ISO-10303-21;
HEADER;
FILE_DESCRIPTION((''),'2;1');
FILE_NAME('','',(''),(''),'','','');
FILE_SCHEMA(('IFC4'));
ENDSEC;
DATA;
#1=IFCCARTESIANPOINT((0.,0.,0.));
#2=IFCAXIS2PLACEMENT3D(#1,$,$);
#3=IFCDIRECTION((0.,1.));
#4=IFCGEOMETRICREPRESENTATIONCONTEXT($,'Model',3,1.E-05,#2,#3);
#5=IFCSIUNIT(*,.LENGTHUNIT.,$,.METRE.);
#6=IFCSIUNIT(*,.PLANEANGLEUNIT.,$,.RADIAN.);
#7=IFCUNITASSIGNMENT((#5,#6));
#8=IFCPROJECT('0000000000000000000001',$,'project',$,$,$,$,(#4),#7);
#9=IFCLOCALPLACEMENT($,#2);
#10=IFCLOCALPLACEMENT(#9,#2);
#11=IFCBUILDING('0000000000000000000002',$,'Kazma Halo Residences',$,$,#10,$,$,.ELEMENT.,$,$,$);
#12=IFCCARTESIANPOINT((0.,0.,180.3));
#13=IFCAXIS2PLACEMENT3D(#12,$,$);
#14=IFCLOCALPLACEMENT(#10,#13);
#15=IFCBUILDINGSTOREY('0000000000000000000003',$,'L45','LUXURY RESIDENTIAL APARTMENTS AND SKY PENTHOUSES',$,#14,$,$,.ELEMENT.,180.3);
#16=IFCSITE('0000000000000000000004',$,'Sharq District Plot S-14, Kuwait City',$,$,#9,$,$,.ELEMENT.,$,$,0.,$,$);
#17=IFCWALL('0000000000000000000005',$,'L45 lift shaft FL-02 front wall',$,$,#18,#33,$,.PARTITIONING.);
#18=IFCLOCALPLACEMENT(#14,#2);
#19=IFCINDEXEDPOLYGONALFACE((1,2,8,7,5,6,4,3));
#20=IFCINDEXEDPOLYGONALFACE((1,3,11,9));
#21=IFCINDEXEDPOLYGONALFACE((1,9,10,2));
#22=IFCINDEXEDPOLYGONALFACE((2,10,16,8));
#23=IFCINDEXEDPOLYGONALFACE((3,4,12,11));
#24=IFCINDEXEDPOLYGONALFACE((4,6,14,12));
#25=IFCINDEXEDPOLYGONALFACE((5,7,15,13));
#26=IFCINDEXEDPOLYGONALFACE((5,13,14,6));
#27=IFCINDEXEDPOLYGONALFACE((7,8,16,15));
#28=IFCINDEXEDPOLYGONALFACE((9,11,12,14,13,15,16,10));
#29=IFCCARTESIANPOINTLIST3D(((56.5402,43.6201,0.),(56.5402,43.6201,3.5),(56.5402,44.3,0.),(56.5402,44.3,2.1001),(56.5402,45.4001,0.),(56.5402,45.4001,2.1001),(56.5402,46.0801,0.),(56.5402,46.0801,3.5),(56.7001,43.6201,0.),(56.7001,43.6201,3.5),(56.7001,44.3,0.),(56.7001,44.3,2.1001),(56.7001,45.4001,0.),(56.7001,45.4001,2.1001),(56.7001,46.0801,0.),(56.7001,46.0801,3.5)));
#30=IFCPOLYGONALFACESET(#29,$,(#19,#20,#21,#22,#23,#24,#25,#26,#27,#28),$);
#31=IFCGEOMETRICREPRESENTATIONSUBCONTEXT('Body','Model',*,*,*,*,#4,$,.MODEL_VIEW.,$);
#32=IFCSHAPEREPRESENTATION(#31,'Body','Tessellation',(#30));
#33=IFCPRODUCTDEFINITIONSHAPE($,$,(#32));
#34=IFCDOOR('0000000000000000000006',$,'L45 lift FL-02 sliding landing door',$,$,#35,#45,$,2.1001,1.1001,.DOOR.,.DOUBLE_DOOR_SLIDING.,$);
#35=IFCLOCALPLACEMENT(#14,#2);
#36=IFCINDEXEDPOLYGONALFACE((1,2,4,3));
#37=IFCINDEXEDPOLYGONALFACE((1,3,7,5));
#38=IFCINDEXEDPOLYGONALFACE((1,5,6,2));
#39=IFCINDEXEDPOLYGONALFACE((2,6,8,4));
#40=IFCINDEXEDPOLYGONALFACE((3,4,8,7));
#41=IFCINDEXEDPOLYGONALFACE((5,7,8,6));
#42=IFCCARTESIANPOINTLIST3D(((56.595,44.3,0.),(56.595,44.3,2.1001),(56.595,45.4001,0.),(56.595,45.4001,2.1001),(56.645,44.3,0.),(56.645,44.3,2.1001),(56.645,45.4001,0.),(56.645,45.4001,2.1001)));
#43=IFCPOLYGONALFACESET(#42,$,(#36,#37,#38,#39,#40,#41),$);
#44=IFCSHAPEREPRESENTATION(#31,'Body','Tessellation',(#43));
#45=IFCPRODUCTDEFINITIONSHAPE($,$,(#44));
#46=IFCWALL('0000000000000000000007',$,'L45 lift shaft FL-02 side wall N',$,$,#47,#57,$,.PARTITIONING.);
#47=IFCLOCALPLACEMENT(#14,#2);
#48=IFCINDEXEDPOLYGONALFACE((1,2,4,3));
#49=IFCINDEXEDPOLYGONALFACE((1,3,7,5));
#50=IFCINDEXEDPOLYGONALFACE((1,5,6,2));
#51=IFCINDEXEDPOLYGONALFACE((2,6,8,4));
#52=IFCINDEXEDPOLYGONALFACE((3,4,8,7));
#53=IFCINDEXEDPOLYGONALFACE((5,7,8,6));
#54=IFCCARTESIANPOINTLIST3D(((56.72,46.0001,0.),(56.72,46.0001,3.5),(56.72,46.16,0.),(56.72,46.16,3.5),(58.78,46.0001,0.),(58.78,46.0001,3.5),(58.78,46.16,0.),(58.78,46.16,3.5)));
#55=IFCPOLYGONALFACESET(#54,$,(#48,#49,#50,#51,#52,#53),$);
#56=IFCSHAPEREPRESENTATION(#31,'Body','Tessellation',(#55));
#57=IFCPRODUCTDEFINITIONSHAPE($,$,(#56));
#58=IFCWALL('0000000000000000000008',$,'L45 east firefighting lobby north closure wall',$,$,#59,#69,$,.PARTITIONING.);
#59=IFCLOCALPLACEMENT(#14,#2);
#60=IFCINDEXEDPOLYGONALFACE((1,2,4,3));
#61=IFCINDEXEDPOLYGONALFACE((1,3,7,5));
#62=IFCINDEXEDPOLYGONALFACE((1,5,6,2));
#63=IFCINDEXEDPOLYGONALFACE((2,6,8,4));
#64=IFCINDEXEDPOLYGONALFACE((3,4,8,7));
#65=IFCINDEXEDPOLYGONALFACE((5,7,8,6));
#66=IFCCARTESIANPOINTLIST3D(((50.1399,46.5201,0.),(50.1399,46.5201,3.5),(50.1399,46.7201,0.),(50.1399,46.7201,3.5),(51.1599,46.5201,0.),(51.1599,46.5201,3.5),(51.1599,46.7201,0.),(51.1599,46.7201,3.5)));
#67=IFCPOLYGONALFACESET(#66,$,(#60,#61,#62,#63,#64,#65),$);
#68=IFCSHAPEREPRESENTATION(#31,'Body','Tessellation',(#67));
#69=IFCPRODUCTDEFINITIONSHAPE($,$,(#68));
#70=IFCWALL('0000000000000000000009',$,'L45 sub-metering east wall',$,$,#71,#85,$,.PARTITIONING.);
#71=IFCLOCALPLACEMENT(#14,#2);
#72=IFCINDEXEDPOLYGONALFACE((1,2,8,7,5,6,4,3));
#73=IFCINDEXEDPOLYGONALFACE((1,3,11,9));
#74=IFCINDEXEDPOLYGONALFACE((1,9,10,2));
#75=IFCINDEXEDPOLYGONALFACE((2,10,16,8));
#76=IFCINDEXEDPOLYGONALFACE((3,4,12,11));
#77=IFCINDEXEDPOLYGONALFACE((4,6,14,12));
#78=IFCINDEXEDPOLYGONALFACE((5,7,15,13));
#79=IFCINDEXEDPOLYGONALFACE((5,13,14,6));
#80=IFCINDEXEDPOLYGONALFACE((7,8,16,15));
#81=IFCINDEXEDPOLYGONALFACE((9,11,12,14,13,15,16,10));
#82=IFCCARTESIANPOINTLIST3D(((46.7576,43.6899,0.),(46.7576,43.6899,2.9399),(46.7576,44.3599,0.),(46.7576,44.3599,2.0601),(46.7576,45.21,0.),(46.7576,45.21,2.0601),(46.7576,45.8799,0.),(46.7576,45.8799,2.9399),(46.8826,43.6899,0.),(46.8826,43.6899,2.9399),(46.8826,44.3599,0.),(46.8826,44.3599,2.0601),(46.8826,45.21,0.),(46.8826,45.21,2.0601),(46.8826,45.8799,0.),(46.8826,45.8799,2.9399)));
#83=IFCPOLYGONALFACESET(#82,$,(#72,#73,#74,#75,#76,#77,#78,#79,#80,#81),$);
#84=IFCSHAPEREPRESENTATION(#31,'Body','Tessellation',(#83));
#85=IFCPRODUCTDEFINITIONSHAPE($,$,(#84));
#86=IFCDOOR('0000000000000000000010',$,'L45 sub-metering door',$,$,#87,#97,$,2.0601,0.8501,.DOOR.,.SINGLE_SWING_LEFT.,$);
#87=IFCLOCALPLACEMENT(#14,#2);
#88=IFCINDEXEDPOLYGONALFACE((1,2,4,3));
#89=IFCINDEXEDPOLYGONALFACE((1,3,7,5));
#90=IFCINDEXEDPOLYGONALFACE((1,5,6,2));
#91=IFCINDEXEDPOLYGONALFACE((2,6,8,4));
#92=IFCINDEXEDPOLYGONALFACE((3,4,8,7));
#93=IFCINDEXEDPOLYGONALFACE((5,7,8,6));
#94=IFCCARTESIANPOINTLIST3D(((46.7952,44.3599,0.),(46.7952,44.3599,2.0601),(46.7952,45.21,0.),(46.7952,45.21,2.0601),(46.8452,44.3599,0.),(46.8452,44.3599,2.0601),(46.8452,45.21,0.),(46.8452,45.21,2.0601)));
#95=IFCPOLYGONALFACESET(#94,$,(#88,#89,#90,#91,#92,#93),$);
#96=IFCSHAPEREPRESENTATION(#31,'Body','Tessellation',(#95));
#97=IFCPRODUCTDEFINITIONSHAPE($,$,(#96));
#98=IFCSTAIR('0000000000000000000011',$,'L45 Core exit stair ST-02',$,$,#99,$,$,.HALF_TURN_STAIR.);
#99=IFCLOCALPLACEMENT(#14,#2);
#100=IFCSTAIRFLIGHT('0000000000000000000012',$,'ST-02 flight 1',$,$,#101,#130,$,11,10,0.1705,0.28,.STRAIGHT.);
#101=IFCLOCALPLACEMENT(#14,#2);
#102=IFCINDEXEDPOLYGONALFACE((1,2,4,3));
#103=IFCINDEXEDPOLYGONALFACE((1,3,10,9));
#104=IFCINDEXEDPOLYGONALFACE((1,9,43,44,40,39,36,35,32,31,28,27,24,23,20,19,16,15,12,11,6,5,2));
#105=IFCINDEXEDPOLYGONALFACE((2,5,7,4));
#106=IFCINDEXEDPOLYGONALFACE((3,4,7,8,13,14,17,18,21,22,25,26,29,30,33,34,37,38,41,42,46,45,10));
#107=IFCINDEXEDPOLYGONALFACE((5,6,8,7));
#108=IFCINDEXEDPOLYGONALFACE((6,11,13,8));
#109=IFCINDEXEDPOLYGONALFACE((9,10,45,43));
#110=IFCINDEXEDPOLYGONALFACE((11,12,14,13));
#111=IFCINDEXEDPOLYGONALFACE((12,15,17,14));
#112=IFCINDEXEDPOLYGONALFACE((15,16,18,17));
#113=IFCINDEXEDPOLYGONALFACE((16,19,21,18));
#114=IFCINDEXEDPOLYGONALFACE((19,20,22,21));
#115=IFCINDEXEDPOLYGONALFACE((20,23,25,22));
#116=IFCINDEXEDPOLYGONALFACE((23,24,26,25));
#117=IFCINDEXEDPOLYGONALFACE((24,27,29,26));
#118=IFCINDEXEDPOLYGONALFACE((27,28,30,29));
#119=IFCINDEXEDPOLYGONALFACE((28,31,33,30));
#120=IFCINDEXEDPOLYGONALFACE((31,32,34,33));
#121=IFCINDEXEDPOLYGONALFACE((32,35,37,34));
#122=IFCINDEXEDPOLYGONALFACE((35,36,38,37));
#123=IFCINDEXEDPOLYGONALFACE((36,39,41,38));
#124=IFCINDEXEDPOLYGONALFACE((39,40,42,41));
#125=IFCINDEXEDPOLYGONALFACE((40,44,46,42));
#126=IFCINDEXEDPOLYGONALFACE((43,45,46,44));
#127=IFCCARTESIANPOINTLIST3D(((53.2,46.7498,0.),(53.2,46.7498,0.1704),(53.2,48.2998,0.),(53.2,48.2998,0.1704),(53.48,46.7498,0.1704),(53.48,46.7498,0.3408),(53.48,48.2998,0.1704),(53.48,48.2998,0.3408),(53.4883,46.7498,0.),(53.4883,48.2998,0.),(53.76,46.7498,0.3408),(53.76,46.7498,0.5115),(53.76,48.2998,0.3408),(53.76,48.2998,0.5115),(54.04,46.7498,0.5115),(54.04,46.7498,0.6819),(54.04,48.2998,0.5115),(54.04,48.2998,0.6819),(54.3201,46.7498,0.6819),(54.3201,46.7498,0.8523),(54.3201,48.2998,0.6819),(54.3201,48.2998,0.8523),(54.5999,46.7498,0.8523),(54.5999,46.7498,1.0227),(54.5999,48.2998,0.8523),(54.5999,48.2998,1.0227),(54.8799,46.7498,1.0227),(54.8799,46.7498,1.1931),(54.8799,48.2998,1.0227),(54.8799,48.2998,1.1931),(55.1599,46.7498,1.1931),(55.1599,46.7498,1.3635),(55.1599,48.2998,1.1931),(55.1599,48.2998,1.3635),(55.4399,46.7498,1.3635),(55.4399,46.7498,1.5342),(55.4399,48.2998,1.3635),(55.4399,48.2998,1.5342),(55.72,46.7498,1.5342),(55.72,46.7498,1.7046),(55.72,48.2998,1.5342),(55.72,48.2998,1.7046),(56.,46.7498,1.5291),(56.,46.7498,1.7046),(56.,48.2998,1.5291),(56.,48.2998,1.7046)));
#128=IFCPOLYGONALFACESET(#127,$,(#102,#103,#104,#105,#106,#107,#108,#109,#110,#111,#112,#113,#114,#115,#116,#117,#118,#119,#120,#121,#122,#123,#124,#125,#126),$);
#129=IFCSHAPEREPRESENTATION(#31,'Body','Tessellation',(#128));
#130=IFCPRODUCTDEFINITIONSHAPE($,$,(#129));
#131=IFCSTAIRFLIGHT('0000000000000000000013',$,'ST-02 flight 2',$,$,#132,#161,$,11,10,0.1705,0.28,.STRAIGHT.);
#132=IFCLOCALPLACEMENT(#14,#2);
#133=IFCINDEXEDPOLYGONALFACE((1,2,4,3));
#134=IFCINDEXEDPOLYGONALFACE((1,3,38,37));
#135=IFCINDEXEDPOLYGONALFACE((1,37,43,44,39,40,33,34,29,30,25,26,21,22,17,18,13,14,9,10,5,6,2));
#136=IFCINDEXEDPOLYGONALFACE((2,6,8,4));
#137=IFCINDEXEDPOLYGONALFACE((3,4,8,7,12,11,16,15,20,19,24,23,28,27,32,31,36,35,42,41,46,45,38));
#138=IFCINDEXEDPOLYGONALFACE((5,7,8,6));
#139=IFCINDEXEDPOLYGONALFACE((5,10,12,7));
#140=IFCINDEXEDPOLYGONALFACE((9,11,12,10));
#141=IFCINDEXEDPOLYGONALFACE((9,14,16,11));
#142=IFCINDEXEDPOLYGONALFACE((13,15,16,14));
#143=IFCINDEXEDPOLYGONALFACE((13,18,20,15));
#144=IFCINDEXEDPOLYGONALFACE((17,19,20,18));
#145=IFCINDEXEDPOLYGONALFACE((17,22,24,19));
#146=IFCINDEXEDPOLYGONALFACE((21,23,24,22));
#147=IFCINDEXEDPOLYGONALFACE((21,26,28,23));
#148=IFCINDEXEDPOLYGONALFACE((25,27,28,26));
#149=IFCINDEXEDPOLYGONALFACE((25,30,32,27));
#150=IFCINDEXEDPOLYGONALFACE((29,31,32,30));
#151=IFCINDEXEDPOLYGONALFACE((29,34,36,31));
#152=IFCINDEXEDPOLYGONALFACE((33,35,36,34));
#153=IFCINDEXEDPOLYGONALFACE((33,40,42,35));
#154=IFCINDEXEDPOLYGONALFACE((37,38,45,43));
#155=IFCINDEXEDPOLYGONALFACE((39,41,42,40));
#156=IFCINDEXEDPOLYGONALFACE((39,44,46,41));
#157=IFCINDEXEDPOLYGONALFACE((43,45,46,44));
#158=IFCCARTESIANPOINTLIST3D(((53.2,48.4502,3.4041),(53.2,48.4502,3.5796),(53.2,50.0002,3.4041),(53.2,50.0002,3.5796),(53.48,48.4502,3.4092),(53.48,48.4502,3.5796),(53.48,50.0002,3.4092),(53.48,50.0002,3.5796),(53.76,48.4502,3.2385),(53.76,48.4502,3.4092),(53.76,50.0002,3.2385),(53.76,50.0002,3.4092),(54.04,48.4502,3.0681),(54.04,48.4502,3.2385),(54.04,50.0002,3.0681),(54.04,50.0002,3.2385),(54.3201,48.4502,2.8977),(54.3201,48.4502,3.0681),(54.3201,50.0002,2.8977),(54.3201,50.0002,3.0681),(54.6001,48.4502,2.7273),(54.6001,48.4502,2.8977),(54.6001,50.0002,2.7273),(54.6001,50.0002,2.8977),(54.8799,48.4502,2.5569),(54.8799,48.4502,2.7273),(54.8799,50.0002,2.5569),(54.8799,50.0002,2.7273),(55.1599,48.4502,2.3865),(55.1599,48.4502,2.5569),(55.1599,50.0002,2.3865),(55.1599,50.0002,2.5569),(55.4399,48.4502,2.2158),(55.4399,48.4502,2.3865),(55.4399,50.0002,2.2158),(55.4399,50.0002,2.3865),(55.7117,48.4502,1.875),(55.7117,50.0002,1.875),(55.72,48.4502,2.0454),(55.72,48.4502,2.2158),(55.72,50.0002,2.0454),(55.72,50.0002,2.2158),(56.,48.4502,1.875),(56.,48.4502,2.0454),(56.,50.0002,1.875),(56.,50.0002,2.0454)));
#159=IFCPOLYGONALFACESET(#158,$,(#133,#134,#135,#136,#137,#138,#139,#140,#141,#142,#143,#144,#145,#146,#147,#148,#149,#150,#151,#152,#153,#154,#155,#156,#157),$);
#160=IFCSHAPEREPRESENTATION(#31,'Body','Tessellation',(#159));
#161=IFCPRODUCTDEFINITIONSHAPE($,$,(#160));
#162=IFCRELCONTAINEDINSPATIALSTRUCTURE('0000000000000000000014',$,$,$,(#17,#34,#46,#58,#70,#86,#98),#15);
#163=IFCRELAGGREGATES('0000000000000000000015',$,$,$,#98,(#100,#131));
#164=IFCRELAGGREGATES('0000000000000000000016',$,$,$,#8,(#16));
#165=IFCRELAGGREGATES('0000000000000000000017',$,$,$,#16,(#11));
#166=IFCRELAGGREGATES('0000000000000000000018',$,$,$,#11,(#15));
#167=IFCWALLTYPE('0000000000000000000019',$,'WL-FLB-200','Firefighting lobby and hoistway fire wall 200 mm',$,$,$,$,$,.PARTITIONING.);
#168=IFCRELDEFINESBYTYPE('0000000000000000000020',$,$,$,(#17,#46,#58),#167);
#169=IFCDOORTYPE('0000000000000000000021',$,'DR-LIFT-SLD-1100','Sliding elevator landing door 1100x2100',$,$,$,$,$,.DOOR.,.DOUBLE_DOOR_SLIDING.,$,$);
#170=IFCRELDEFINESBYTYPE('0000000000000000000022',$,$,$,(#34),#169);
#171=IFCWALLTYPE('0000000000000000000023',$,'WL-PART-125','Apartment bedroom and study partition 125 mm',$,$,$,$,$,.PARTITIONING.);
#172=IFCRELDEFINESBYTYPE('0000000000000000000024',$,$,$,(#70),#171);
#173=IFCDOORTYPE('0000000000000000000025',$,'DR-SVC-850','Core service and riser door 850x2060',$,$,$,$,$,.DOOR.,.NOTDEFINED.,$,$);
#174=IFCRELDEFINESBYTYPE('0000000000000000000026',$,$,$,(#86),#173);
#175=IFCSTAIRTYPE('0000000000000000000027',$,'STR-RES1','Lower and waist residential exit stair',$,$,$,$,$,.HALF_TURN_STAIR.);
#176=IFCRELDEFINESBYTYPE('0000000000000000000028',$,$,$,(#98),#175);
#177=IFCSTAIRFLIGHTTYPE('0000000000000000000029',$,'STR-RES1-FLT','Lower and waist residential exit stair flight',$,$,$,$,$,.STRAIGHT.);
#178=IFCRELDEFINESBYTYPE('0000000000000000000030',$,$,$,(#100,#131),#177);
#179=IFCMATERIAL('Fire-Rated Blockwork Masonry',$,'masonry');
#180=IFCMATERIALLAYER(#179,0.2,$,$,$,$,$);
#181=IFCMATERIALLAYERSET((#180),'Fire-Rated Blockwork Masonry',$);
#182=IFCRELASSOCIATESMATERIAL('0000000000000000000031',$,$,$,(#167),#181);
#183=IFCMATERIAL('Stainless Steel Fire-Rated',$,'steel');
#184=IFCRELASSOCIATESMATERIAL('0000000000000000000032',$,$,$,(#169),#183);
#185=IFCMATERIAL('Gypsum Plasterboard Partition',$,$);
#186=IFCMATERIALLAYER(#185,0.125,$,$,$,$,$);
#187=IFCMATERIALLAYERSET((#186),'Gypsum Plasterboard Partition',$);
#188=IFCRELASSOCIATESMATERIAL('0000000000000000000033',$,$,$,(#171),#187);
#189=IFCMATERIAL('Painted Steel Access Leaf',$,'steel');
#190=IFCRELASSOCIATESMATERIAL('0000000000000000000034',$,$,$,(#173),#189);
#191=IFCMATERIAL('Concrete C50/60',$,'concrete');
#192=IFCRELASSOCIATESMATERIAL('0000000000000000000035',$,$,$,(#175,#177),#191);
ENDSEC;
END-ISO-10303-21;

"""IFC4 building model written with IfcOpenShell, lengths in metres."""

from ifc_helpers import new_model, si_unit, direction, frame, frame_2d, origin, place, context, subcontext, project, spatial, polyline, rectangle, outline, extrude, material, layer, layer_set, type_object, element, fill, aggregate, save


model = new_model("IFC4")

# Units and contexts
model_context = context("Model", 3, precision=1e-05, world=origin(), true_north=direction((0.0, 1.0)))
body_context = subcontext(model_context, "Body", "Model", "MODEL_VIEW")
ifc_project = project(units=[si_unit("LENGTHUNIT", "METRE"), si_unit("PLANEANGLEUNIT", "RADIAN")], contexts=[model_context])

# Site, building, storey
site_placement = place(None, origin())
site = spatial("IfcSite", under=ifc_project, at=site_placement, Name="Sharq District Plot S-14, Kuwait City", CompositionType="ELEMENT", RefElevation=0.0)
building_placement = place(site_placement, origin())
building = spatial("IfcBuilding", under=site, at=building_placement, Name="Kazma Halo Residences", CompositionType="ELEMENT")
storey_placement = place(building_placement, frame((0.0, 0.0, 180.3)))
storey = spatial("IfcBuildingStorey", under=building, at=storey_placement, Name="L45", Description="LUXURY RESIDENTIAL APARTMENTS AND SKY PENTHOUSES", CompositionType="ELEMENT", Elevation=180.3)

# Wall, opening, door
ifc_material_1 = material(Name="Fire-Rated Blockwork Masonry", Category="masonry")
ifc_layer_1 = layer(ifc_material_1, 0.2)
ifc_layer_set_1 = layer_set([ifc_layer_1], Name="Fire-Rated Blockwork Masonry")
wall_type_1 = type_object("IfcWallType", Name="WL-FLB-200", Description="Firefighting lobby and hoistway fire wall 200 mm", PredefinedType="PARTITIONING", material=ifc_layer_set_1)
wall_1_placement = place(storey_placement, frame((56.6201, 46.0801, 0.0), z_axis=(0.0, 0.0, 1.0), x_axis=(0.0, -1.0, 0.0)))
wall_1 = element("IfcWall", 1, at=wall_1_placement, inside=storey, type_object=wall_type_1, Name="L45 lift shaft FL-02 front wall", PredefinedType="PARTITIONING", context=body_context, shape_type="SweptSolid", body=[
    extrude(rectangle(XDim=2.46, YDim=0.1599, at=frame_2d((1.23, 0.0))), origin(), (0.0, 0.0, 1.0), 3.5),
])
opening_1_placement = place(wall_1_placement, frame((0.6799, 0.0, 0.0)))
opening_1 = element("IfcOpeningElement", 2, at=opening_1_placement, cuts=wall_1, PredefinedType="OPENING", context=body_context, shape_type="SweptSolid", body=[
    extrude(rectangle(XDim=1.1001, YDim=2.1001, at=frame_2d((0.55, 1.05))), frame((0.0, 0.0898, 0.0), z_axis=(0.0, -1.0, 0.0), x_axis=(1.0, 0.0, 0.0)), (0.0, 0.0, 1.0), 0.1799),
])
ifc_material_2 = material(Name="Stainless Steel Fire-Rated", Category="steel")
door_type_1 = type_object("IfcDoorType", Name="DR-LIFT-SLD-1100", Description="Sliding elevator landing door 1100x2100", OperationType="DOUBLE_DOOR_SLIDING", PredefinedType="DOOR", material=ifc_material_2)
door_1_placement = place(opening_1_placement, origin())
door_1 = element("IfcDoor", 3, at=door_1_placement, inside=storey, type_object=door_type_1, Name="L45 lift FL-02 sliding landing door", OperationType="DOUBLE_DOOR_SLIDING", OverallHeight=2.1001, OverallWidth=1.1001, PredefinedType="DOOR", context=body_context, shape_type="SweptSolid", body=[
    extrude(rectangle(XDim=1.1001, YDim=2.1001, at=frame_2d((0.55, 1.05))), frame((0.0, 0.0249, 0.0), z_axis=(0.0, -1.0, 0.0), x_axis=(1.0, 0.0, 0.0)), (0.0, 0.0, 1.0), 0.05),
])
fill(opening_1, door_1)

# Walls
wall_2_placement = place(storey_placement, frame((56.72, 46.0801, 0.0), z_axis=(0.0, 0.0, 1.0), x_axis=(1.0, 0.0, 0.0)))
element("IfcWall", 4, at=wall_2_placement, inside=storey, type_object=wall_type_1, Name="L45 lift shaft FL-02 side wall N", PredefinedType="PARTITIONING", context=body_context, shape_type="SweptSolid", body=[
    extrude(rectangle(XDim=2.0601, YDim=0.1599, at=frame_2d((1.03, 0.0))), origin(), (0.0, 0.0, 1.0), 3.5),
])
wall_3_placement = place(storey_placement, frame((50.1399, 46.6201, 0.0), z_axis=(0.0, 0.0, 1.0), x_axis=(1.0, 0.0, 0.0)))
element("IfcWall", 5, at=wall_3_placement, inside=storey, type_object=wall_type_1, Name="L45 east firefighting lobby north closure wall", PredefinedType="PARTITIONING", context=body_context, shape_type="SweptSolid", body=[
    extrude(rectangle(XDim=1.02, YDim=0.2, at=frame_2d((0.51, 0.0))), origin(), (0.0, 0.0, 1.0), 3.5),
])

# Wall, opening, door
ifc_material_3 = material(Name="Gypsum Plasterboard Partition")
ifc_layer_2 = layer(ifc_material_3, 0.125)
ifc_layer_set_2 = layer_set([ifc_layer_2], Name="Gypsum Plasterboard Partition")
wall_type_2 = type_object("IfcWallType", Name="WL-PART-125", Description="Apartment bedroom and study partition 125 mm", PredefinedType="PARTITIONING", material=ifc_layer_set_2)
wall_4_placement = place(storey_placement, frame((46.8201, 43.6899, 0.0), z_axis=(0.0, 0.0, 1.0), x_axis=(0.0, 1.0, 0.0)))
wall_4 = element("IfcWall", 6, at=wall_4_placement, inside=storey, type_object=wall_type_2, Name="L45 sub-metering east wall", PredefinedType="PARTITIONING", context=body_context, shape_type="SweptSolid", body=[
    extrude(rectangle(XDim=2.1899, YDim=0.125, at=frame_2d((1.095, 0.0))), origin(), (0.0, 0.0, 1.0), 2.9399),
])
opening_2_placement = place(wall_4_placement, frame((0.6699, 0.0, 0.0)))
opening_2 = element("IfcOpeningElement", 7, at=opening_2_placement, cuts=wall_4, PredefinedType="OPENING", context=body_context, shape_type="SweptSolid", body=[
    extrude(rectangle(XDim=0.8501, YDim=2.0601, at=frame_2d((0.425, 1.03))), frame((0.0, 0.0725, 0.0), z_axis=(0.0, -1.0, 0.0), x_axis=(1.0, 0.0, 0.0)), (0.0, 0.0, 1.0), 0.145),
])
ifc_material_4 = material(Name="Painted Steel Access Leaf", Category="steel")
door_type_2 = type_object("IfcDoorType", Name="DR-SVC-850", Description="Core service and riser door 850x2060", OperationType="NOTDEFINED", PredefinedType="DOOR", material=ifc_material_4)
door_2_placement = place(opening_2_placement, origin())
door_2 = element("IfcDoor", 8, at=door_2_placement, inside=storey, type_object=door_type_2, Name="L45 sub-metering door", OperationType="SINGLE_SWING_LEFT", OverallHeight=2.0601, OverallWidth=0.8501, PredefinedType="DOOR", context=body_context, shape_type="SweptSolid", body=[
    extrude(rectangle(XDim=0.8501, YDim=2.0601, at=frame_2d((0.425, 1.03))), frame((0.0, 0.0249, 0.0), z_axis=(0.0, -1.0, 0.0), x_axis=(1.0, 0.0, 0.0)), (0.0, 0.0, 1.0), 0.05),
])
fill(opening_2, door_2)
ifc_material_5 = material(Name="Concrete C50/60", Category="concrete")

# Stair, stair flights
stair_type = type_object("IfcStairType", Name="STR-RES1", Description="Lower and waist residential exit stair", PredefinedType="HALF_TURN_STAIR", material=ifc_material_5)
stair_placement = place(storey_placement, origin())
stair = element("IfcStair", 9, at=stair_placement, inside=storey, type_object=stair_type, Name="L45 Core exit stair ST-02", PredefinedType="HALF_TURN_STAIR")
stair_flight_type = type_object("IfcStairFlightType", Name="STR-RES1-FLT", Description="Lower and waist residential exit stair flight", PredefinedType="STRAIGHT", material=ifc_material_5)
stair_flight_1_placement = place(storey_placement, frame((53.2, 47.5249, 0.0), z_axis=(0.0, 0.0, 1.0), x_axis=(1.0, 0.0, 0.0)))
stair_flight_1 = element("IfcStairFlight", 10, at=stair_flight_1_placement, type_object=stair_flight_type, Name="ST-02 flight 1", NumberOfRisers=11, NumberOfTreads=10, PredefinedType="STRAIGHT", RiserHeight=0.1705, TreadLength=0.28, context=body_context, shape_type="SweptSolid", body=[
    extrude(outline(polyline([(0.0, 0.0), (0.0, 0.1704), (0.28, 0.1704), (0.28, 0.3408), (0.5601, 0.3408), (0.5601, 0.5115), (0.8401, 0.5115), (0.8401, 0.6819), (1.1201, 0.6819), (1.1201, 0.8523), (1.3999, 0.8523), (1.3999, 1.0227), (1.6799, 1.0227), (1.6799, 1.1931), (1.96, 1.1931), (1.96, 1.3635), (2.24, 1.3635), (2.24, 1.5342), (2.52, 1.5342), (2.52, 1.7046), (2.8, 1.7046), (2.8, 1.875), (2.8, 1.5291), (0.2883, 0.0), (0.0, 0.0)])), frame((0.0, 0.7749, 0.0), z_axis=(0.0, -1.0, 0.0), x_axis=(1.0, 0.0, 0.0)), (0.0, 0.0, 1.0), 1.55),
])
stair_flight_2_placement = place(storey_placement, frame((56.0, 49.2251, 1.875), z_axis=(0.0, 0.0, 1.0), x_axis=(-1.0, 0.0, 0.0)))
stair_flight_2 = element("IfcStairFlight", 11, at=stair_flight_2_placement, type_object=stair_flight_type, Name="ST-02 flight 2", NumberOfRisers=11, NumberOfTreads=10, PredefinedType="STRAIGHT", RiserHeight=0.1705, TreadLength=0.28, context=body_context, shape_type="SweptSolid", body=[
    extrude(outline(polyline([(0.0, 0.0), (0.0, 0.1704), (0.28, 0.1704), (0.28, 0.3408), (0.5601, 0.3408), (0.5601, 0.5115), (0.8401, 0.5115), (0.8401, 0.6819), (1.1201, 0.6819), (1.1201, 0.8523), (1.3999, 0.8523), (1.3999, 1.0227), (1.6799, 1.0227), (1.6799, 1.1931), (1.96, 1.1931), (1.96, 1.3635), (2.24, 1.3635), (2.24, 1.5342), (2.52, 1.5342), (2.52, 1.7046), (2.8, 1.7046), (2.8, 1.875), (2.8, 1.5291), (0.2883, 0.0), (0.0, 0.0)])), frame((0.0, 0.7749, 0.0), z_axis=(0.0, -1.0, 0.0), x_axis=(1.0, 0.0, 0.0)), (0.0, 0.0, 1.0), 1.55),
])
aggregate(stair, [stair_flight_1, stair_flight_2])

save(model, "model.ifc")
